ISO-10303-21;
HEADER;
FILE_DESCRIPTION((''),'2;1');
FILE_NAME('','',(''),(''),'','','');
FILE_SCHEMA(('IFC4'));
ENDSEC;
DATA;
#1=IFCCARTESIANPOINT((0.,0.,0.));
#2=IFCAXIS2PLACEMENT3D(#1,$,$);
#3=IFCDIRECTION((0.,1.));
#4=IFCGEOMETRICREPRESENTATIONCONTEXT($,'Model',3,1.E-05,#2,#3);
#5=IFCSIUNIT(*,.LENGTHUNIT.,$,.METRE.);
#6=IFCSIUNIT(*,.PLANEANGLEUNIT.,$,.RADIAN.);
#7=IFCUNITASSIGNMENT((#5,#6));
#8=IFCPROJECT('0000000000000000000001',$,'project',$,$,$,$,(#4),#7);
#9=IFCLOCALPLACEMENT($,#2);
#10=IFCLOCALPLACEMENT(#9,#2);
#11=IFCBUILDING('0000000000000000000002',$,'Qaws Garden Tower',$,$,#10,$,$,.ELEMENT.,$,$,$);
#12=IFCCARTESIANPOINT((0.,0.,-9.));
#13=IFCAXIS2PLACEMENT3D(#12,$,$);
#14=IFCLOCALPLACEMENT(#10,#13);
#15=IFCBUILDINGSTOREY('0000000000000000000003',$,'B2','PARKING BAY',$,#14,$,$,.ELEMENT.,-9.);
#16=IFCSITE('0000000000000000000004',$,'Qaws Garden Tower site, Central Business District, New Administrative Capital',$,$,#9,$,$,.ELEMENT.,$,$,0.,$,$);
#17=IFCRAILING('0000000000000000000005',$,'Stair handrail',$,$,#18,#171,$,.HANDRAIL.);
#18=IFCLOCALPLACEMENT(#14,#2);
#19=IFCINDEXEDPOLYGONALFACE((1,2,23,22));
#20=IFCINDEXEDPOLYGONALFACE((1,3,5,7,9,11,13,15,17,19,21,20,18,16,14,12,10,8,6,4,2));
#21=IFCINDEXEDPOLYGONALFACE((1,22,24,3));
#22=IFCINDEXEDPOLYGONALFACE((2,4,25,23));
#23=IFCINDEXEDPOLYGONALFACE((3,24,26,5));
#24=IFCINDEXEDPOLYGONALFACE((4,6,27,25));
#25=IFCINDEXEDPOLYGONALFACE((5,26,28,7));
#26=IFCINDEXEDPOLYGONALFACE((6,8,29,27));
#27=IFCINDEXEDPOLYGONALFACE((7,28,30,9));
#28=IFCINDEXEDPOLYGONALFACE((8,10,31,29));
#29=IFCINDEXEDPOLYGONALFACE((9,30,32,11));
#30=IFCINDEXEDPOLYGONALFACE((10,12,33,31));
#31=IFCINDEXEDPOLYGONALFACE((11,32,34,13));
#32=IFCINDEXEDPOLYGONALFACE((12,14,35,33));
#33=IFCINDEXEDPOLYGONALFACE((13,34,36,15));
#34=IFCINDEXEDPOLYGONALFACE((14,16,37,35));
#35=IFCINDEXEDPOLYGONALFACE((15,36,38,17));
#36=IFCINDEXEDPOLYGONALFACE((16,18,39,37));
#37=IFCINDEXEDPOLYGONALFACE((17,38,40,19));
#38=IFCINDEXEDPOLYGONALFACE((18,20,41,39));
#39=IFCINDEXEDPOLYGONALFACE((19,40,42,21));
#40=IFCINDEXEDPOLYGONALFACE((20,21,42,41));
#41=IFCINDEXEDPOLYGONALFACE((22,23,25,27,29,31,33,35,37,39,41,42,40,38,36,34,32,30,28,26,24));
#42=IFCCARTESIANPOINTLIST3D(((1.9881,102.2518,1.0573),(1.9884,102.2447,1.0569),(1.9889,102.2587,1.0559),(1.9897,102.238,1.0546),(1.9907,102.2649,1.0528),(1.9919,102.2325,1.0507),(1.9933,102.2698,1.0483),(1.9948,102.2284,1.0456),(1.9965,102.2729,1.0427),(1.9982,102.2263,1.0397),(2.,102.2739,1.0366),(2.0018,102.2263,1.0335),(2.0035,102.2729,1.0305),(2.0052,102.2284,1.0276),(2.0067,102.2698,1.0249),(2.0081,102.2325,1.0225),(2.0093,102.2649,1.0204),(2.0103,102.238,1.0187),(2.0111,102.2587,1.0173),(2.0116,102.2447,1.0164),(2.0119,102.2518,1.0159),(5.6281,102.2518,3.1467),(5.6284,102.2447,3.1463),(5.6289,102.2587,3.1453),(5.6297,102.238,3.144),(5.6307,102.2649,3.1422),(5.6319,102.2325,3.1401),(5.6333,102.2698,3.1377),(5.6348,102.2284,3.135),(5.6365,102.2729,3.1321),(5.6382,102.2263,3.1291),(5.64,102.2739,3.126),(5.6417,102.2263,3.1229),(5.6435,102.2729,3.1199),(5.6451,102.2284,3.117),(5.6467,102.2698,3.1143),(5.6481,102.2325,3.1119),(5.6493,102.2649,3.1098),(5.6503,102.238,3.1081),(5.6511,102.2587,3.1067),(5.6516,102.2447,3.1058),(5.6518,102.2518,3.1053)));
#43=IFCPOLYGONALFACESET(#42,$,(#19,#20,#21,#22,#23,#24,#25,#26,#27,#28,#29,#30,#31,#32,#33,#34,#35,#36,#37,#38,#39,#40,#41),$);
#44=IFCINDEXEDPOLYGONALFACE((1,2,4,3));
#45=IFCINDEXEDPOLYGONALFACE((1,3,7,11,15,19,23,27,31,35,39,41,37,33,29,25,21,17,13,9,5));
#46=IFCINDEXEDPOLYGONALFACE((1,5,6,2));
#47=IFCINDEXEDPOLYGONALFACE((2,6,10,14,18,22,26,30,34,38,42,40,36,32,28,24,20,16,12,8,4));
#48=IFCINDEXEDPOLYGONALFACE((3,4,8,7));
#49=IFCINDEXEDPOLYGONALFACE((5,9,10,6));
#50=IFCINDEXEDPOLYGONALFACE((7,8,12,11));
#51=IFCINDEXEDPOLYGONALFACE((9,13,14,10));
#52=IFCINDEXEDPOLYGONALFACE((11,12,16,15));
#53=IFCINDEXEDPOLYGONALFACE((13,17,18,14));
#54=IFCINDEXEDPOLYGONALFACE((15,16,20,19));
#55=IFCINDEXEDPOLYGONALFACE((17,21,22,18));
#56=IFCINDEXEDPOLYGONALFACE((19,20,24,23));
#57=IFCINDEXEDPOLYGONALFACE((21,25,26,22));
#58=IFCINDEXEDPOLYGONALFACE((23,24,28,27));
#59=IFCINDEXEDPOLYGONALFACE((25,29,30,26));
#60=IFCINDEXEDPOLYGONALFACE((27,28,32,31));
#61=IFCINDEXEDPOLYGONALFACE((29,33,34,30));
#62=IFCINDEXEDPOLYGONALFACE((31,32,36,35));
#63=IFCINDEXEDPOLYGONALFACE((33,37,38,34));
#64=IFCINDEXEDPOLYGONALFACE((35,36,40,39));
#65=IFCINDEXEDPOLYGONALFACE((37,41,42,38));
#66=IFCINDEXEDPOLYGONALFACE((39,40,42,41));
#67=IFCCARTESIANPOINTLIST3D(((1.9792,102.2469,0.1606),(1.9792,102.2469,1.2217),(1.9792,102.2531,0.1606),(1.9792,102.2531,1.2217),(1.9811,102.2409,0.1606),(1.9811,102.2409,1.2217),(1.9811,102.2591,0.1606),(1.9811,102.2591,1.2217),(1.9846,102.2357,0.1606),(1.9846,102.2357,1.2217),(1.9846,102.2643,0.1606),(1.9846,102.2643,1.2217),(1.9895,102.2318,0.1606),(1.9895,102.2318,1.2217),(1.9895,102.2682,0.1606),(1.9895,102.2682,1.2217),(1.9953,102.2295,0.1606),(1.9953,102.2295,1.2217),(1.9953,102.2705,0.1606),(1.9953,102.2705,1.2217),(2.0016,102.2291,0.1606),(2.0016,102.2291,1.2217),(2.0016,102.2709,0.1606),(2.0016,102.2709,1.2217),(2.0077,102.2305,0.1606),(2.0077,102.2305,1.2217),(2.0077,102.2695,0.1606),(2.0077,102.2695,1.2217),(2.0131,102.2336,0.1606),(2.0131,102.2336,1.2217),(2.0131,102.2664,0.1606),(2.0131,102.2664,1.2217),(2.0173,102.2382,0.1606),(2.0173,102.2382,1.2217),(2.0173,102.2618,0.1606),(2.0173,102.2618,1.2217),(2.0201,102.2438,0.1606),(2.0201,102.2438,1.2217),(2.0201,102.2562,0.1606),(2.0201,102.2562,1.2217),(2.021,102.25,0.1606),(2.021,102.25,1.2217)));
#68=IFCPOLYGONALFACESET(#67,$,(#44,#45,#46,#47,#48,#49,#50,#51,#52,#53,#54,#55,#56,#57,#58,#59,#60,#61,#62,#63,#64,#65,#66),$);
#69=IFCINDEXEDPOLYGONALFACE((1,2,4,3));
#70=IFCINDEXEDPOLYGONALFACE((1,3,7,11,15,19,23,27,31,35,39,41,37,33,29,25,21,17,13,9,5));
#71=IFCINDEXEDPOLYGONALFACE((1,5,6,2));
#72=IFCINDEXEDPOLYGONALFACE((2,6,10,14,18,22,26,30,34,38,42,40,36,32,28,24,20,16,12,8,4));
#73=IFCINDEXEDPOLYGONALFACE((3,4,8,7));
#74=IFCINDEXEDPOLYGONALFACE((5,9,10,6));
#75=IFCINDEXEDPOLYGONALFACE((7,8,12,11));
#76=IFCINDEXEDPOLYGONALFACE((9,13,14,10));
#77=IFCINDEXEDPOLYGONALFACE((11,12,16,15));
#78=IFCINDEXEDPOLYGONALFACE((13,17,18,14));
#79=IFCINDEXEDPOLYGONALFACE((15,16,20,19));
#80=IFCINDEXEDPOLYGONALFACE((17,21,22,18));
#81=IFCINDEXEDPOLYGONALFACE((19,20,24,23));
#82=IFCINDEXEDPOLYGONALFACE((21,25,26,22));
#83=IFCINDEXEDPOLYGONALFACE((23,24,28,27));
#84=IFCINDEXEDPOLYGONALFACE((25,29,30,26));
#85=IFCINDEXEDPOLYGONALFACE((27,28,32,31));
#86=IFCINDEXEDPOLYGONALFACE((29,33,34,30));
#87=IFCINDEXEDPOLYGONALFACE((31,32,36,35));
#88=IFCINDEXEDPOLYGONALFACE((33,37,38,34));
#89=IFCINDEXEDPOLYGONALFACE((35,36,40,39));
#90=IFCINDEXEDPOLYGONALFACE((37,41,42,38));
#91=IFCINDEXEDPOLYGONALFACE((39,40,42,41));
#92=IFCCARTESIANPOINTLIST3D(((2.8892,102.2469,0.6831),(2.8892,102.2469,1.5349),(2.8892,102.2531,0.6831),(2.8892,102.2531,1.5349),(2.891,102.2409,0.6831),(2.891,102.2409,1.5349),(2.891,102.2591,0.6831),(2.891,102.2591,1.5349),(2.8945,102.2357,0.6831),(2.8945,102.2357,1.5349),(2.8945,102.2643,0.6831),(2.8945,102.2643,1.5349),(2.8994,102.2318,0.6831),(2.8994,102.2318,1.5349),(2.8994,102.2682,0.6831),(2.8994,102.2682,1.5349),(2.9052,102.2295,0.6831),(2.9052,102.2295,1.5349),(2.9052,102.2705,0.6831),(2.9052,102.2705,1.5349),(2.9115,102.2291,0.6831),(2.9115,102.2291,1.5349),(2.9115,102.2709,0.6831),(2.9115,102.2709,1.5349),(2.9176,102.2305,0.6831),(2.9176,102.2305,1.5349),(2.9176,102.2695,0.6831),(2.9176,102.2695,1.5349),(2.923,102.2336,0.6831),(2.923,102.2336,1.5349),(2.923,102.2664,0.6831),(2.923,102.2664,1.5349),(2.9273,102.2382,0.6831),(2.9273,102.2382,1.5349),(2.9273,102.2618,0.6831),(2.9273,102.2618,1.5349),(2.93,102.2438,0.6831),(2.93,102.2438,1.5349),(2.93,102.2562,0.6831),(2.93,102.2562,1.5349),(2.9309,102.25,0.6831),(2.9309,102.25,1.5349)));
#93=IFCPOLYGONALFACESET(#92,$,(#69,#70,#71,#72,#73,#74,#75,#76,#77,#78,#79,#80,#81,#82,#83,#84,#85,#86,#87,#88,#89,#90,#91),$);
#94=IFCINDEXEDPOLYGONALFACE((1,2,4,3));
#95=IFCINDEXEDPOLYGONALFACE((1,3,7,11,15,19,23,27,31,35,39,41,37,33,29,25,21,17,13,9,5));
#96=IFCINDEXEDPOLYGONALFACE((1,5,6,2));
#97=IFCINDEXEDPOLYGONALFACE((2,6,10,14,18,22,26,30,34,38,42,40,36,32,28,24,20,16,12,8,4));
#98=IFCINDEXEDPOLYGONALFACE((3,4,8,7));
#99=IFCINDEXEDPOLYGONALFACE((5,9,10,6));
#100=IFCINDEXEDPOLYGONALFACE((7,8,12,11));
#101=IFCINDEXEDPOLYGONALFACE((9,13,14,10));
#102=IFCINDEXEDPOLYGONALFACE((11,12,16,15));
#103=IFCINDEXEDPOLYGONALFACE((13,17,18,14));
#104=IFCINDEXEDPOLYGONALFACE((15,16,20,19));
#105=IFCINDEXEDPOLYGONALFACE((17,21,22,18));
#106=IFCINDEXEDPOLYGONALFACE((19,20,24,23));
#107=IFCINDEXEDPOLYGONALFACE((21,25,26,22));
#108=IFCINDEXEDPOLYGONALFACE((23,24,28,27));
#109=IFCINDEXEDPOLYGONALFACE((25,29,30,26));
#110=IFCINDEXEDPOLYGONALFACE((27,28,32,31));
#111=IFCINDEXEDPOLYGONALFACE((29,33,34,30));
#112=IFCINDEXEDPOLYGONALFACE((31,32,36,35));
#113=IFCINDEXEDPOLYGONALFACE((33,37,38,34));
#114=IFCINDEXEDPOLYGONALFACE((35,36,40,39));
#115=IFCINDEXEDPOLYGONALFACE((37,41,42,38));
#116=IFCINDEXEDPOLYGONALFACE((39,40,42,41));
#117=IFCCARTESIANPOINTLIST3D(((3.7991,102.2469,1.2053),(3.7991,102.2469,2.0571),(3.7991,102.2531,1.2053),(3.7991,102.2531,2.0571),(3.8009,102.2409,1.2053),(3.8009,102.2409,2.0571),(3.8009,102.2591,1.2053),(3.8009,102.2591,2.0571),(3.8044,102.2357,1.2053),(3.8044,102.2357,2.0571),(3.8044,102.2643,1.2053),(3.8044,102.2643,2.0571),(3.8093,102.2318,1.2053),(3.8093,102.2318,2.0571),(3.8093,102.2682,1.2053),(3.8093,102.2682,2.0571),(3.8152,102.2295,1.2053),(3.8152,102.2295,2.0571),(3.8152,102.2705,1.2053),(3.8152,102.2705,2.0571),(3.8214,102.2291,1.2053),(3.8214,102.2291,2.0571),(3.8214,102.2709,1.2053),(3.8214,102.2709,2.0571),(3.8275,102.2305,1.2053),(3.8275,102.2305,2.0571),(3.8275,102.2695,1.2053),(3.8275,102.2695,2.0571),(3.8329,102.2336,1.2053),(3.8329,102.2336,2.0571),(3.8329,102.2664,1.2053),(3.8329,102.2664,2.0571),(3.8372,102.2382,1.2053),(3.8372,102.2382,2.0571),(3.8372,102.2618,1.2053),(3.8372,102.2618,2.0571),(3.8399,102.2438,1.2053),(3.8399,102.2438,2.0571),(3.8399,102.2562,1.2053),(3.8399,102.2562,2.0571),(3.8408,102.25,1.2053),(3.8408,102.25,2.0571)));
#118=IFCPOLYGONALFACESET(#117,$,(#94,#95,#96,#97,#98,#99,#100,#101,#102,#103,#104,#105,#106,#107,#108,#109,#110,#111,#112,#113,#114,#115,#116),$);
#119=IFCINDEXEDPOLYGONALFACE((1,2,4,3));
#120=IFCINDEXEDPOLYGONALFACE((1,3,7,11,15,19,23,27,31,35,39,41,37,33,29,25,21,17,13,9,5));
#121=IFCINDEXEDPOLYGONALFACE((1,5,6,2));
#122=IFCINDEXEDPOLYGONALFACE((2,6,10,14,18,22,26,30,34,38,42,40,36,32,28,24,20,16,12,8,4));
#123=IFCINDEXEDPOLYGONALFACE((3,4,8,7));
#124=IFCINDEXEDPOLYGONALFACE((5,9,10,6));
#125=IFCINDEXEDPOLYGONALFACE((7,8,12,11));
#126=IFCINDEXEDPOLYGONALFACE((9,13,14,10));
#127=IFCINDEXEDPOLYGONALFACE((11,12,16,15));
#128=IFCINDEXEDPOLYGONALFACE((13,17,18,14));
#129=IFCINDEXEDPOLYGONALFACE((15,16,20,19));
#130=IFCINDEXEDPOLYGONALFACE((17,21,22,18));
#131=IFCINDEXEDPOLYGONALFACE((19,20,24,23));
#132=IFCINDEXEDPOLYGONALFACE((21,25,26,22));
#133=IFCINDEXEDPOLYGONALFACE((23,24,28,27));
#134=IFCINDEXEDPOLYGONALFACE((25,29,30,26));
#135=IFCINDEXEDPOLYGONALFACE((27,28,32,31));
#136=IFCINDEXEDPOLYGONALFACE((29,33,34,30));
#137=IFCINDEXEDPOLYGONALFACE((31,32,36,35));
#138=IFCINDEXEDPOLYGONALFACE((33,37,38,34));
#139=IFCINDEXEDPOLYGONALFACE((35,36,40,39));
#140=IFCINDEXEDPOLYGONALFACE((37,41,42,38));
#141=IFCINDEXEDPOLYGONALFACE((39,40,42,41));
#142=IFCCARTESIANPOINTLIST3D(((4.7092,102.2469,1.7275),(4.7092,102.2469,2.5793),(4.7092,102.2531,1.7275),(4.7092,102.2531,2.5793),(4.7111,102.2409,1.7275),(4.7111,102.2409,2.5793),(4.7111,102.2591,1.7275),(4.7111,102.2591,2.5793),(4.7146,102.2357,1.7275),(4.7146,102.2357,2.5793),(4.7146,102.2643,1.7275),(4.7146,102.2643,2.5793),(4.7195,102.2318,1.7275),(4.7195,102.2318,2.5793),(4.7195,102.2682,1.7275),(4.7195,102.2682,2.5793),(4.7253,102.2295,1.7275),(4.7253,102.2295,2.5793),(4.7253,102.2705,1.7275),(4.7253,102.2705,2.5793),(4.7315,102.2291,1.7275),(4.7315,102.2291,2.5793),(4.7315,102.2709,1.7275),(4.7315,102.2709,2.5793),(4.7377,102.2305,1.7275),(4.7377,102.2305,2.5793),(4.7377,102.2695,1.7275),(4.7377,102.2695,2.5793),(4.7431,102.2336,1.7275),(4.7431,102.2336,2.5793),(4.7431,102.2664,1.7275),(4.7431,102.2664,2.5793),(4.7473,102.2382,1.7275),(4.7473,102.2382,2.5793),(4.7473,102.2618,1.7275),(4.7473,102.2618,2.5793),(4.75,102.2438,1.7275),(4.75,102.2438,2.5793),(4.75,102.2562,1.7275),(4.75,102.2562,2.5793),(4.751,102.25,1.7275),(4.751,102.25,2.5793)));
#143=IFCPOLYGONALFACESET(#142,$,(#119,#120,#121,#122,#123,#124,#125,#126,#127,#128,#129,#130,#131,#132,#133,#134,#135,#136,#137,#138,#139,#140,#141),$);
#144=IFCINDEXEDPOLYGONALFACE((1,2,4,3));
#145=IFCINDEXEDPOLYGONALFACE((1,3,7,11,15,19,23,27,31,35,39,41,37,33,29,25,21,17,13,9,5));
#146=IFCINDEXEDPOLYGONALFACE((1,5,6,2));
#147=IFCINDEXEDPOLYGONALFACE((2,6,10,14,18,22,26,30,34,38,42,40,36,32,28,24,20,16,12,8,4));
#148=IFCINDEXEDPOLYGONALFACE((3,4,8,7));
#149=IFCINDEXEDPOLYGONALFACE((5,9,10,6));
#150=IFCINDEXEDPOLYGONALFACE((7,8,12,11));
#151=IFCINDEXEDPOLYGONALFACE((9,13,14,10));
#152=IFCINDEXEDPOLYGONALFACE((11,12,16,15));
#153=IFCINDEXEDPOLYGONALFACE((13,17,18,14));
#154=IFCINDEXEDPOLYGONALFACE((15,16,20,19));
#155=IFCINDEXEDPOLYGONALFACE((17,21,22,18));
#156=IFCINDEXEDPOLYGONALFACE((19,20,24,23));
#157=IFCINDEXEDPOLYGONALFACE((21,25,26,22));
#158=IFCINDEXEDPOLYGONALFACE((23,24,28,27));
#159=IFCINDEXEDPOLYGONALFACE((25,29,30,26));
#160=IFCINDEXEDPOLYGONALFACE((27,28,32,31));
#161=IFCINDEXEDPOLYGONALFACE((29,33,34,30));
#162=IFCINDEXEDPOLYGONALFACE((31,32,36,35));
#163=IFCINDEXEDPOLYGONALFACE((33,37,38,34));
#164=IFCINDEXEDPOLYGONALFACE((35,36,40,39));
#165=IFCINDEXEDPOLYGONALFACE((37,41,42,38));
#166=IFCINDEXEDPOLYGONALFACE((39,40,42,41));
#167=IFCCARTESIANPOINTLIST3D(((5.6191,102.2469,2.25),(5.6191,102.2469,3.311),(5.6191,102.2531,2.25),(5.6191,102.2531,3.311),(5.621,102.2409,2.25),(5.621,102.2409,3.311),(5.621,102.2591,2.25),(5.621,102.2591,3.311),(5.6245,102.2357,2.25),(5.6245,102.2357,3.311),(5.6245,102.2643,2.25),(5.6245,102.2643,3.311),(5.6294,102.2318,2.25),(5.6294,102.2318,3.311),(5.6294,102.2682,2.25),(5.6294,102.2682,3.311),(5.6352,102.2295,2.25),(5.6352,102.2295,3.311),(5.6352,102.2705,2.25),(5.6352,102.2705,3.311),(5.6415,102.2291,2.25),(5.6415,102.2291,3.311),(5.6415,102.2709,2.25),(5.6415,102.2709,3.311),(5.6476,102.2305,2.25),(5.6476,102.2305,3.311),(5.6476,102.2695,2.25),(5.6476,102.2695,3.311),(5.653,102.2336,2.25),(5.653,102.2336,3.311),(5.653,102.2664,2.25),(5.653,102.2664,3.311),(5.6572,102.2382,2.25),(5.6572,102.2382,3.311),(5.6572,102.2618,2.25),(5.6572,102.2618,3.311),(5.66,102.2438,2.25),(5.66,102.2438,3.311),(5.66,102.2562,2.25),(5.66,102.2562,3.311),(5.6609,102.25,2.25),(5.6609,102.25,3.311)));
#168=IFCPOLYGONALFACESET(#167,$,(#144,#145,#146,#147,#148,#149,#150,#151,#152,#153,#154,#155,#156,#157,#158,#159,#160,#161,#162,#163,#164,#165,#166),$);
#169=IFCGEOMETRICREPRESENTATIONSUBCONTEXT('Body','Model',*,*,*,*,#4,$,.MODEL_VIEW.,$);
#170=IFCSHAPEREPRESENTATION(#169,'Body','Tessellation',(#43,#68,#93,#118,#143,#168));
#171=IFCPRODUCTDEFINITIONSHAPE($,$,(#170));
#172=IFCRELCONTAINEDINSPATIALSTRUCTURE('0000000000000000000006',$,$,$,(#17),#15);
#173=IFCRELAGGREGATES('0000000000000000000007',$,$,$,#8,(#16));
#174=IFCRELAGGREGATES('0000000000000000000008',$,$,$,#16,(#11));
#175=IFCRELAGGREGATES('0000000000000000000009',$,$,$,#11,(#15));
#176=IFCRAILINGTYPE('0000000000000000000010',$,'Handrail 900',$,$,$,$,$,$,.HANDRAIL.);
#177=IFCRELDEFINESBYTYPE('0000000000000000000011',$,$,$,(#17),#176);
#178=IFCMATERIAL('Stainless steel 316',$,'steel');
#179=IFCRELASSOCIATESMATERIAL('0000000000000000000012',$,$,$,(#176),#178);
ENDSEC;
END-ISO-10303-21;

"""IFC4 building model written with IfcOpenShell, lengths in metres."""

from ifc_helpers import new_model, si_unit, direction, frame, origin, origin_2d, place, context, subcontext, project, spatial, circle, extrude, material, type_object, element, save


model = new_model("IFC4")

# Units and contexts
model_context = context("Model", 3, precision=1e-05, world=origin(), true_north=direction((0.0, 1.0)))
body_context = subcontext(model_context, "Body", "Model", "MODEL_VIEW")
ifc_project = project(units=[si_unit("LENGTHUNIT", "METRE"), si_unit("PLANEANGLEUNIT", "RADIAN")], contexts=[model_context])

# Site, building, storey
site_placement = place(None, origin())
site = spatial("IfcSite", under=ifc_project, at=site_placement, Name="Qaws Garden Tower site, Central Business District, New Administrative Capital", CompositionType="ELEMENT", RefElevation=0.0)
building_placement = place(site_placement, origin())
building = spatial("IfcBuilding", under=site, at=building_placement, Name="Qaws Garden Tower", CompositionType="ELEMENT")
storey_placement = place(building_placement, frame((0.0, 0.0, -9.0)))
storey = spatial("IfcBuildingStorey", under=building, at=storey_placement, Name="B2", Description="PARKING BAY", CompositionType="ELEMENT", Elevation=-9.0)

# Railing
ifc_material_1 = material(Name="Stainless steel 316", Category="steel")
railing_type_1 = type_object("IfcRailingType", Name="Handrail 900", PredefinedType="HANDRAIL", material=ifc_material_1)
for number, where, name in (
    (1, (2.0, 102.25, 0.1606), "Stair handrail"),
):
    element("IfcRailing", number, at=place(storey_placement, frame(where)), inside=storey, type_object=railing_type_1, Name=name, PredefinedType="HANDRAIL", context=body_context, shape_type="SweptSolid", body=[
        extrude(circle(Radius=0.0239, at=origin_2d()), frame((0.0, 0.0, 0.876), z_axis=(0.867275, 0.0, 0.497829), x_axis=(0.0, 1.0, 0.0)), (0.0, 0.0, 1.0), 4.197),
        extrude(circle(Radius=0.021, at=origin_2d()), origin(), (0.0, 0.0, 1.0), 1.061),
        extrude(circle(Radius=0.021, at=origin_2d()), frame((0.9099, 0.0, 0.5225)), (0.0, 0.0, 1.0), 0.8518),
        extrude(circle(Radius=0.021, at=origin_2d()), frame((1.8198, 0.0, 1.0447)), (0.0, 0.0, 1.0), 0.8518),
        extrude(circle(Radius=0.021, at=origin_2d()), frame((2.73, 0.0, 1.5669)), (0.0, 0.0, 1.0), 0.8518),
        extrude(circle(Radius=0.021, at=origin_2d()), frame((3.6399, 0.0, 2.0894)), (0.0, 0.0, 1.0), 1.061),
    ])

save(model, "model.ifc")
